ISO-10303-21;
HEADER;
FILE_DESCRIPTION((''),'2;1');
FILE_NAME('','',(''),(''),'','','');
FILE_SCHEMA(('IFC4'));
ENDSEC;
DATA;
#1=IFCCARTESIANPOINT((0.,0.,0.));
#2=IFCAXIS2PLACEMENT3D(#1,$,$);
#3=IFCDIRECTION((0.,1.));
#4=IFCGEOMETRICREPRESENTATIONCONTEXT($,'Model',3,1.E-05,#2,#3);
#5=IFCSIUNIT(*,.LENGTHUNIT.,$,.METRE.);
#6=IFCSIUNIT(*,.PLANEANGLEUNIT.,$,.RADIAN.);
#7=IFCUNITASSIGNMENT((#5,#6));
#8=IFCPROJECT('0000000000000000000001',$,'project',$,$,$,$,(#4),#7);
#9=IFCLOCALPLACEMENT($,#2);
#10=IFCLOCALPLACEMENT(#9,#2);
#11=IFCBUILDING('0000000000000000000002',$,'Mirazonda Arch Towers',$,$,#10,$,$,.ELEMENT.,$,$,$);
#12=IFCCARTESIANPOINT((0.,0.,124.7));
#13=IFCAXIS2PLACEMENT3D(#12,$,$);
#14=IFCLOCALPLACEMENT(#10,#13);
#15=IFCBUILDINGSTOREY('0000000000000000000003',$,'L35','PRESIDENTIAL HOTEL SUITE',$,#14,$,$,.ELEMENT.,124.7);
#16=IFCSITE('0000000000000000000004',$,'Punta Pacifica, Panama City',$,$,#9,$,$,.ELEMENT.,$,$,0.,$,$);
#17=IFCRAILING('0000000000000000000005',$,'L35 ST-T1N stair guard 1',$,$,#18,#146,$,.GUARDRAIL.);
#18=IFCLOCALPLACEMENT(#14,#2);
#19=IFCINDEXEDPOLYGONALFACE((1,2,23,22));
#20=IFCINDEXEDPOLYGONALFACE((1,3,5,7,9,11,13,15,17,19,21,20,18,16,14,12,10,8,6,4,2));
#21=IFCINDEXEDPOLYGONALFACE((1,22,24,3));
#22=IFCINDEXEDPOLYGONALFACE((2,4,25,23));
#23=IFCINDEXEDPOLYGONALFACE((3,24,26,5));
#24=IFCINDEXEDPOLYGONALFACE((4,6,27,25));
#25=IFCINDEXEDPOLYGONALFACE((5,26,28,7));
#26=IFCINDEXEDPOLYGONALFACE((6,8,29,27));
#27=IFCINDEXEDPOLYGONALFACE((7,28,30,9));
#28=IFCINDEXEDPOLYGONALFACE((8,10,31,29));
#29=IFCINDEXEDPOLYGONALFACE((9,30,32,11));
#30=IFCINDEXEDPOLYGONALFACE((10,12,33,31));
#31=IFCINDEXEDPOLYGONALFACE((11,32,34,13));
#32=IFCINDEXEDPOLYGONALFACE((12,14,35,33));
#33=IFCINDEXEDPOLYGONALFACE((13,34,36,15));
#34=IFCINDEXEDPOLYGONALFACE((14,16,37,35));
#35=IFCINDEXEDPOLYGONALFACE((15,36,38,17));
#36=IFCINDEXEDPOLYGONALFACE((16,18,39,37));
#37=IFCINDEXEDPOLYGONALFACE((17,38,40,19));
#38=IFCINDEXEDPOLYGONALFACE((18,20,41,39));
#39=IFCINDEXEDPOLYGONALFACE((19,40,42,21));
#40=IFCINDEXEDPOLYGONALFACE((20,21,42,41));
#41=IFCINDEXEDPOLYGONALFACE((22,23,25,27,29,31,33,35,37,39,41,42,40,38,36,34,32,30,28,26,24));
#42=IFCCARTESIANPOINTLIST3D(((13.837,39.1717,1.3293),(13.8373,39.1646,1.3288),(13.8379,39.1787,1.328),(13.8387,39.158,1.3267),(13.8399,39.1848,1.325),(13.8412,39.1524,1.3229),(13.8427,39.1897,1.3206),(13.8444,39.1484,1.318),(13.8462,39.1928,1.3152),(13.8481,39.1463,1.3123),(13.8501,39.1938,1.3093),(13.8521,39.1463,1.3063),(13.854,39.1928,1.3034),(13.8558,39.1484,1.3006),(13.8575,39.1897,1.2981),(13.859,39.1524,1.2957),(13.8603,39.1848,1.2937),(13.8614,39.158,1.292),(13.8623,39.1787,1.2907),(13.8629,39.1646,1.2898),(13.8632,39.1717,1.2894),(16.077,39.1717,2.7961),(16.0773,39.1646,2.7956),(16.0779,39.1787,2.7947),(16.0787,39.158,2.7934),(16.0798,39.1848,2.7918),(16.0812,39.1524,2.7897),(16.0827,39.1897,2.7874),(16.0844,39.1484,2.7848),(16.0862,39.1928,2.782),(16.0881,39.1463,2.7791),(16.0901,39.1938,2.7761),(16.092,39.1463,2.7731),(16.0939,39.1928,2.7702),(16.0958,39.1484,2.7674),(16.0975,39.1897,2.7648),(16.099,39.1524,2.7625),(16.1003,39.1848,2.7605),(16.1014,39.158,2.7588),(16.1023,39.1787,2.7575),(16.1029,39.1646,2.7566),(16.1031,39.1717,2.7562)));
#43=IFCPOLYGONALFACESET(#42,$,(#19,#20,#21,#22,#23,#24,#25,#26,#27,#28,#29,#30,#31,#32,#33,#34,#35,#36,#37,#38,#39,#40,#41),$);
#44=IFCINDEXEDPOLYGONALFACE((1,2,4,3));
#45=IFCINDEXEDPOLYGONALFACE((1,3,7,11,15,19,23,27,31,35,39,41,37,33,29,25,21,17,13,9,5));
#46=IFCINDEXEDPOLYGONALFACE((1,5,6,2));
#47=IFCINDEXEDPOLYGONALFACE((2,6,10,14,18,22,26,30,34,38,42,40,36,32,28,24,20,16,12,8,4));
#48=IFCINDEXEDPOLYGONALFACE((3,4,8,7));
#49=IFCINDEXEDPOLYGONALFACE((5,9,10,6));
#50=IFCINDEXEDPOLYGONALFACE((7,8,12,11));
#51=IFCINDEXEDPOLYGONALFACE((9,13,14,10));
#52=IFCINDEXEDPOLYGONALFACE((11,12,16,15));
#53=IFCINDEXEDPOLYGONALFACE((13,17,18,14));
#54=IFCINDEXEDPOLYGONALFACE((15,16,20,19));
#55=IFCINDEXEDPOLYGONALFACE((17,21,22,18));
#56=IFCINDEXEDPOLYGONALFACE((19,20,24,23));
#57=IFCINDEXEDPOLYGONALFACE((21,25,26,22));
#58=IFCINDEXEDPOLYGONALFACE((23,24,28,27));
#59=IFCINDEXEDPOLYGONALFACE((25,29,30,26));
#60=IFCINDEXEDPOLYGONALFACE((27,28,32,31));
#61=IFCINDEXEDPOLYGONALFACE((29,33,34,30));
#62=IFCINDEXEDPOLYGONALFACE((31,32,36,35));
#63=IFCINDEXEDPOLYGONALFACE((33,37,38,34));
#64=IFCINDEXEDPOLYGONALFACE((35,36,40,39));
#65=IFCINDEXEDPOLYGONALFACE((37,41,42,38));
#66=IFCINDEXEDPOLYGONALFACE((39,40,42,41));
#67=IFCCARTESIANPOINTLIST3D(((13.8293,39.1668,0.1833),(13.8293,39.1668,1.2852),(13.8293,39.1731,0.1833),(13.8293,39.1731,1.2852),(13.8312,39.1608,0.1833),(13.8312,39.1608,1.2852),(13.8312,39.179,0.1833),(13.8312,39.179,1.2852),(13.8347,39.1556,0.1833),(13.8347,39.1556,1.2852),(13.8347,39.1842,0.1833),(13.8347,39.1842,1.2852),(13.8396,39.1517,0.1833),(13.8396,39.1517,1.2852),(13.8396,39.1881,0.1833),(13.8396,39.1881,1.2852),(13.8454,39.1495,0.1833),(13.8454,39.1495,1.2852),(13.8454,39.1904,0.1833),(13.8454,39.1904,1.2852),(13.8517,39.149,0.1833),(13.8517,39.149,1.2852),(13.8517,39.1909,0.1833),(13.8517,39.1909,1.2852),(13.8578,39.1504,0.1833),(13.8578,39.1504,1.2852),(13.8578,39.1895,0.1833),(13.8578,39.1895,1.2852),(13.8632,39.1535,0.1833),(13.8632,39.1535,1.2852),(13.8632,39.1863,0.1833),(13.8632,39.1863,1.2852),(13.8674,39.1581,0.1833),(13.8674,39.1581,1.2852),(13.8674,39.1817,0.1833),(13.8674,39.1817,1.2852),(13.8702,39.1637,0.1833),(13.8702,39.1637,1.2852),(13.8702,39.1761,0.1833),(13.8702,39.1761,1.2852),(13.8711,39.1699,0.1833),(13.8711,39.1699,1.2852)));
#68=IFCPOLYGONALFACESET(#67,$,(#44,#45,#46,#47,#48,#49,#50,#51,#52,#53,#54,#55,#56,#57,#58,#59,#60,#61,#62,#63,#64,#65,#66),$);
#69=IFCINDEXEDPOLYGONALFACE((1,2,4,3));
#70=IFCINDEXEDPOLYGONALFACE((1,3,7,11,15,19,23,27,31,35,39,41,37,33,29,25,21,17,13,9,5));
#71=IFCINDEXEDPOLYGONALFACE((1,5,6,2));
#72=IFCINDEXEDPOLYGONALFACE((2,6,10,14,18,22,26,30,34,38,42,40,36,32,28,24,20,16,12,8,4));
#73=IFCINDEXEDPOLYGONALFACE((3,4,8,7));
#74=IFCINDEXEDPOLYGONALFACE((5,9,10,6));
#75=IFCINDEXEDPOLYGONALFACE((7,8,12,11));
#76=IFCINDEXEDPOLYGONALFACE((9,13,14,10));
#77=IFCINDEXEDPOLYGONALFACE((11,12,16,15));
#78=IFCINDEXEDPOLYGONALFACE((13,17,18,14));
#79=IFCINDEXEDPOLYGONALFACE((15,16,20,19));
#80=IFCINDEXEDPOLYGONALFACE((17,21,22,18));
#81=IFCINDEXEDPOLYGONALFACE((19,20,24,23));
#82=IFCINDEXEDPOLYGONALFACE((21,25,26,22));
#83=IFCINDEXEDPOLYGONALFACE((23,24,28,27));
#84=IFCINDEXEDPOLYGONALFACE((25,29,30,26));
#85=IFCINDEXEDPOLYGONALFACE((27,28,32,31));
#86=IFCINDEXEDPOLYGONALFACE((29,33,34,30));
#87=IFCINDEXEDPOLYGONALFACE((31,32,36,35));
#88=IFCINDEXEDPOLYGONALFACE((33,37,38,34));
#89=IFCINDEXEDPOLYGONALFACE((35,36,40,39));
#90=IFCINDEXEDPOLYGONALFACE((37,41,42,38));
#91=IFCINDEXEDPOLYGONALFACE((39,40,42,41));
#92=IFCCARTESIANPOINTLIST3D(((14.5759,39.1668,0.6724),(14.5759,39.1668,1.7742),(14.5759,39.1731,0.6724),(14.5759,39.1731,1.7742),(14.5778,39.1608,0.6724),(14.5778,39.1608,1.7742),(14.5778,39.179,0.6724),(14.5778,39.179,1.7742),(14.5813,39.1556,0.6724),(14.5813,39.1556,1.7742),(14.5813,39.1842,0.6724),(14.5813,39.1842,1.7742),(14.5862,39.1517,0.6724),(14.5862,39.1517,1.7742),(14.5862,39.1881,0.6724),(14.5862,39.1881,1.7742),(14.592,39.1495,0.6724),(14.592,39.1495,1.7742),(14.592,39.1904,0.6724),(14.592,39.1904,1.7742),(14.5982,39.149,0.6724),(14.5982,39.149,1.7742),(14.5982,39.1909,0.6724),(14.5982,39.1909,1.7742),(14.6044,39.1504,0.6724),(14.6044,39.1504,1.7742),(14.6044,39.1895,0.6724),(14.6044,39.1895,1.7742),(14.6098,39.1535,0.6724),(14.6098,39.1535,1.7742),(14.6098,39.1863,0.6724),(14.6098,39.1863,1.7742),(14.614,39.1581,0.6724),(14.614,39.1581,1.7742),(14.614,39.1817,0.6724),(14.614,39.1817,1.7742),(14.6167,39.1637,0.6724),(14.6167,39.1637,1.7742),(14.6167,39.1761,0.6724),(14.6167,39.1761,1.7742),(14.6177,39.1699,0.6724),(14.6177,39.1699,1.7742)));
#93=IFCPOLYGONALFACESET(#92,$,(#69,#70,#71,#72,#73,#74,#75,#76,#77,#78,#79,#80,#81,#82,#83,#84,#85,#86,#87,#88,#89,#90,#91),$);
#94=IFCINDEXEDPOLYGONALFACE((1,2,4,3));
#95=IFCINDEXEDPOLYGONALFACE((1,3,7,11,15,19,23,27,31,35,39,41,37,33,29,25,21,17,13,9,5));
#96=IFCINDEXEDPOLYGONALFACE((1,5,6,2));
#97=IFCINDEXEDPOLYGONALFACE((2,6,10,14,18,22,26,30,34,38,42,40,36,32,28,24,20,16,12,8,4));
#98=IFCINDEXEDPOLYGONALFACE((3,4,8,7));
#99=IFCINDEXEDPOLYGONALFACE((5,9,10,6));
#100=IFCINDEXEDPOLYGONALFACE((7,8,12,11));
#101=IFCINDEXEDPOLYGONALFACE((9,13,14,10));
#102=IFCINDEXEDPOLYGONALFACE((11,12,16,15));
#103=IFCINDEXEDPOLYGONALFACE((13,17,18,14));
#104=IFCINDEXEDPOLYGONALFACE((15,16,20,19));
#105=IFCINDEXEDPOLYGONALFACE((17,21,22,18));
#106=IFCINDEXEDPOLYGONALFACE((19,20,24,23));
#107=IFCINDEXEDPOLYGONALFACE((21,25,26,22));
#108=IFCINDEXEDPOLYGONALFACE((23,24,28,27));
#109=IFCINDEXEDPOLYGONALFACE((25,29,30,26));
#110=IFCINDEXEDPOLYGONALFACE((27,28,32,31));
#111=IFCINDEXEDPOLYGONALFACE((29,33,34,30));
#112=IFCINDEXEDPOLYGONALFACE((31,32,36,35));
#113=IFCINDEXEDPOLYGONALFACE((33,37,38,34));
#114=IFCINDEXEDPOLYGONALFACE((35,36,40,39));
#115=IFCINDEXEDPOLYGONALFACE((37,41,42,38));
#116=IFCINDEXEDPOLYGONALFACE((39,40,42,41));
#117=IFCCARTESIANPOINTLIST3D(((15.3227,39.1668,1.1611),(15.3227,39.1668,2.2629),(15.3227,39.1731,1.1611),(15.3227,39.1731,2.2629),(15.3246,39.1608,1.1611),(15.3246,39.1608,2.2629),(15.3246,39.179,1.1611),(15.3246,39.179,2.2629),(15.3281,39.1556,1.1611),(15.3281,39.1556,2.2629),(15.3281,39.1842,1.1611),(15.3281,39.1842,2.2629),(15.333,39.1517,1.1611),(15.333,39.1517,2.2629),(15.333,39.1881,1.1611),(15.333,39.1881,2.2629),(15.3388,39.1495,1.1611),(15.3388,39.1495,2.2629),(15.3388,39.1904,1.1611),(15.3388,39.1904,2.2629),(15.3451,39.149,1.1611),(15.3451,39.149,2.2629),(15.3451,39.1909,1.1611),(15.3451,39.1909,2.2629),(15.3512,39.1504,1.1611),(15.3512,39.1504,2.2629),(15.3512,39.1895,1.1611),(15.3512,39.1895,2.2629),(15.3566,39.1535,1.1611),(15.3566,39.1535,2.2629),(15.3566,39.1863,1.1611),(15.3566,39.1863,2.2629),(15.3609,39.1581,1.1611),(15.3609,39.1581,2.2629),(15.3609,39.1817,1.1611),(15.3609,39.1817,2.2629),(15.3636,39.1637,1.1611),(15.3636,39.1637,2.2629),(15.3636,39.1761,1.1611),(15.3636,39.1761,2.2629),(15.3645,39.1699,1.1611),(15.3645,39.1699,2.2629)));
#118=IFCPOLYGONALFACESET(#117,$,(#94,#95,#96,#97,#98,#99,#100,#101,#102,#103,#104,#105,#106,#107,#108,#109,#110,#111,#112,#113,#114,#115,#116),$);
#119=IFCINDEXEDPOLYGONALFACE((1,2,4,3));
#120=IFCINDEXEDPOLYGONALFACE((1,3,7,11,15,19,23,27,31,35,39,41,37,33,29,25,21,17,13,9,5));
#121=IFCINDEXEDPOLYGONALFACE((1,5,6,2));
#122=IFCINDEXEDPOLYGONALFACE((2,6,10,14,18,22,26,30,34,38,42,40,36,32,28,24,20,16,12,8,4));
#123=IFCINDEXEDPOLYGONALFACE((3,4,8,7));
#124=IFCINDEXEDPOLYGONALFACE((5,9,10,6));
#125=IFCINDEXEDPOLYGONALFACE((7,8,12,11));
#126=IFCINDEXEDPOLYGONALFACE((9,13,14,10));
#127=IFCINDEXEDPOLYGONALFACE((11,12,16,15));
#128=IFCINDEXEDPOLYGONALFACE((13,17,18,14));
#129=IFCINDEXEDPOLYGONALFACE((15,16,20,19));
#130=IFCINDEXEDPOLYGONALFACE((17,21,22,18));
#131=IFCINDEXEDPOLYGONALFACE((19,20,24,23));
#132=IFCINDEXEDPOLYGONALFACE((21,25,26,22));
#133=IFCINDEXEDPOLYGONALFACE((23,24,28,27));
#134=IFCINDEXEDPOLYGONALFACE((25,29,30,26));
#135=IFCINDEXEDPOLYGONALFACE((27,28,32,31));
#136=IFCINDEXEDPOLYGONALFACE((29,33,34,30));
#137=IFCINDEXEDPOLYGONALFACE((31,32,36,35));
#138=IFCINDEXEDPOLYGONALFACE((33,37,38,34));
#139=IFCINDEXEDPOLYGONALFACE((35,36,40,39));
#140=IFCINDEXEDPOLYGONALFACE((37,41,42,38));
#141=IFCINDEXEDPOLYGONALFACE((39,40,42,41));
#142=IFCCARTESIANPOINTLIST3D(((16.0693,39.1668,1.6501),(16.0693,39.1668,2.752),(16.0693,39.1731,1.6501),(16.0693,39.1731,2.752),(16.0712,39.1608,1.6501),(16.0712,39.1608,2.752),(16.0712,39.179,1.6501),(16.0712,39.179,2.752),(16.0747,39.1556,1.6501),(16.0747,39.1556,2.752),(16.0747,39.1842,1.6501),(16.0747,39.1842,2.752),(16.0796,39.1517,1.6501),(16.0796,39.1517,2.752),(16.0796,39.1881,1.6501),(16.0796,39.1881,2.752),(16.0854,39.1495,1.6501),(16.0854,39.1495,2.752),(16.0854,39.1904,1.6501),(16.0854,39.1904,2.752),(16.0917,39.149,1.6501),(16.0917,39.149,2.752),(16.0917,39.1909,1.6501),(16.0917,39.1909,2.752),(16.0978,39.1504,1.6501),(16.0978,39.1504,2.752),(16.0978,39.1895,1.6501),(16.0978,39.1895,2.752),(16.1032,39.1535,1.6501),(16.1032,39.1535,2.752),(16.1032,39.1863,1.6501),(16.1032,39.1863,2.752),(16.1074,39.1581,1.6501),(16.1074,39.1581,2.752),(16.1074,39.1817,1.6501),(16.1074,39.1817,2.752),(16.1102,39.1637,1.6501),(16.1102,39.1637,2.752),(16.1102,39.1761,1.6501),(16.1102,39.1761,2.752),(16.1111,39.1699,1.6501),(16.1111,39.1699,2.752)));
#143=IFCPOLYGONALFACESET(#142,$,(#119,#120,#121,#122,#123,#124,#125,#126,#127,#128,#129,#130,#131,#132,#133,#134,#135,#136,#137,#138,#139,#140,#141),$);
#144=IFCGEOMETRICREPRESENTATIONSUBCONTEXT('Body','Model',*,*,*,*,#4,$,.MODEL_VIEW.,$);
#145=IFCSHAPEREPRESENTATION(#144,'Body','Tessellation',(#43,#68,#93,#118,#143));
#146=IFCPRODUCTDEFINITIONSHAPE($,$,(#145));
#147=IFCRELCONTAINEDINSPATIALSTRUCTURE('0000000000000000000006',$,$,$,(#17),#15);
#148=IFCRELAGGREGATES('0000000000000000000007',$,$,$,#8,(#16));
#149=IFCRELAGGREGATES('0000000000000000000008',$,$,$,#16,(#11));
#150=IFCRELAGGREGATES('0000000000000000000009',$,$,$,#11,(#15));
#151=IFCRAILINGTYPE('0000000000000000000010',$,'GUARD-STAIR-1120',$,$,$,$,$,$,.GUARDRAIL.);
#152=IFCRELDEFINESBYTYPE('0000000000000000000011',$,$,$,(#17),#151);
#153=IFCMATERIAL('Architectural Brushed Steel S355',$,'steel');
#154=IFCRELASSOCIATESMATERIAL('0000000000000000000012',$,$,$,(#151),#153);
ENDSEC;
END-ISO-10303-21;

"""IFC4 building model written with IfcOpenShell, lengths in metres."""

from ifc_helpers import new_model, si_unit, direction, frame, origin, origin_2d, place, context, subcontext, project, spatial, circle, extrude, material, type_object, element, save


model = new_model("IFC4")

# Units and contexts
model_context = context("Model", 3, precision=1e-05, world=origin(), true_north=direction((0.0, 1.0)))
body_context = subcontext(model_context, "Body", "Model", "MODEL_VIEW")
ifc_project = project(units=[si_unit("LENGTHUNIT", "METRE"), si_unit("PLANEANGLEUNIT", "RADIAN")], contexts=[model_context])

# Site, building, storey
site_placement = place(None, origin())
site = spatial("IfcSite", under=ifc_project, at=site_placement, Name="Punta Pacifica, Panama City", CompositionType="ELEMENT", RefElevation=0.0)
building_placement = place(site_placement, origin())
building = spatial("IfcBuilding", under=site, at=building_placement, Name="Mirazonda Arch Towers", CompositionType="ELEMENT")
storey_placement = place(building_placement, frame((0.0, 0.0, 124.7)))
storey = spatial("IfcBuildingStorey", under=building, at=storey_placement, Name="L35", Description="PRESIDENTIAL HOTEL SUITE", CompositionType="ELEMENT", Elevation=124.7)

# Shared definitions
ifc_material_1 = material(Name="Architectural Brushed Steel S355", Category="steel")

# Railing
railing_type_1 = type_object("IfcRailingType", Name="GUARD-STAIR-1120", PredefinedType="GUARDRAIL", material=ifc_material_1)
railing_1_placement = place(storey_placement, frame((13.8501, 39.1699, 0.1833)))
element("IfcRailing", 1, at=railing_1_placement, inside=storey, type_object=railing_type_1, Name="L35 ST-T1N stair guard 1", PredefinedType="GUARDRAIL", context=body_context, shape_type="SweptSolid", body=[
    extrude(circle(Radius=0.0239, at=origin_2d()), frame((0.0, 0.0, 1.126), z_axis=(0.836595, 0.0, 0.547822), x_axis=(0.0, 1.0, 0.0)), (0.0, 0.0, 1.0), 2.6775),
    extrude(circle(Radius=0.021, at=origin_2d()), origin(), (0.0, 0.0, 1.0), 1.1018),
    extrude(circle(Radius=0.021, at=origin_2d()), frame((0.7466, 0.0, 0.489)), (0.0, 0.0, 1.0), 1.1018),
    extrude(circle(Radius=0.021, at=origin_2d()), frame((1.4934, 0.0, 0.9778)), (0.0, 0.0, 1.0), 1.1018),
    extrude(circle(Radius=0.021, at=origin_2d()), frame((2.24, 0.0, 1.4668)), (0.0, 0.0, 1.0), 1.1018),
])

save(model, "model.ifc")
